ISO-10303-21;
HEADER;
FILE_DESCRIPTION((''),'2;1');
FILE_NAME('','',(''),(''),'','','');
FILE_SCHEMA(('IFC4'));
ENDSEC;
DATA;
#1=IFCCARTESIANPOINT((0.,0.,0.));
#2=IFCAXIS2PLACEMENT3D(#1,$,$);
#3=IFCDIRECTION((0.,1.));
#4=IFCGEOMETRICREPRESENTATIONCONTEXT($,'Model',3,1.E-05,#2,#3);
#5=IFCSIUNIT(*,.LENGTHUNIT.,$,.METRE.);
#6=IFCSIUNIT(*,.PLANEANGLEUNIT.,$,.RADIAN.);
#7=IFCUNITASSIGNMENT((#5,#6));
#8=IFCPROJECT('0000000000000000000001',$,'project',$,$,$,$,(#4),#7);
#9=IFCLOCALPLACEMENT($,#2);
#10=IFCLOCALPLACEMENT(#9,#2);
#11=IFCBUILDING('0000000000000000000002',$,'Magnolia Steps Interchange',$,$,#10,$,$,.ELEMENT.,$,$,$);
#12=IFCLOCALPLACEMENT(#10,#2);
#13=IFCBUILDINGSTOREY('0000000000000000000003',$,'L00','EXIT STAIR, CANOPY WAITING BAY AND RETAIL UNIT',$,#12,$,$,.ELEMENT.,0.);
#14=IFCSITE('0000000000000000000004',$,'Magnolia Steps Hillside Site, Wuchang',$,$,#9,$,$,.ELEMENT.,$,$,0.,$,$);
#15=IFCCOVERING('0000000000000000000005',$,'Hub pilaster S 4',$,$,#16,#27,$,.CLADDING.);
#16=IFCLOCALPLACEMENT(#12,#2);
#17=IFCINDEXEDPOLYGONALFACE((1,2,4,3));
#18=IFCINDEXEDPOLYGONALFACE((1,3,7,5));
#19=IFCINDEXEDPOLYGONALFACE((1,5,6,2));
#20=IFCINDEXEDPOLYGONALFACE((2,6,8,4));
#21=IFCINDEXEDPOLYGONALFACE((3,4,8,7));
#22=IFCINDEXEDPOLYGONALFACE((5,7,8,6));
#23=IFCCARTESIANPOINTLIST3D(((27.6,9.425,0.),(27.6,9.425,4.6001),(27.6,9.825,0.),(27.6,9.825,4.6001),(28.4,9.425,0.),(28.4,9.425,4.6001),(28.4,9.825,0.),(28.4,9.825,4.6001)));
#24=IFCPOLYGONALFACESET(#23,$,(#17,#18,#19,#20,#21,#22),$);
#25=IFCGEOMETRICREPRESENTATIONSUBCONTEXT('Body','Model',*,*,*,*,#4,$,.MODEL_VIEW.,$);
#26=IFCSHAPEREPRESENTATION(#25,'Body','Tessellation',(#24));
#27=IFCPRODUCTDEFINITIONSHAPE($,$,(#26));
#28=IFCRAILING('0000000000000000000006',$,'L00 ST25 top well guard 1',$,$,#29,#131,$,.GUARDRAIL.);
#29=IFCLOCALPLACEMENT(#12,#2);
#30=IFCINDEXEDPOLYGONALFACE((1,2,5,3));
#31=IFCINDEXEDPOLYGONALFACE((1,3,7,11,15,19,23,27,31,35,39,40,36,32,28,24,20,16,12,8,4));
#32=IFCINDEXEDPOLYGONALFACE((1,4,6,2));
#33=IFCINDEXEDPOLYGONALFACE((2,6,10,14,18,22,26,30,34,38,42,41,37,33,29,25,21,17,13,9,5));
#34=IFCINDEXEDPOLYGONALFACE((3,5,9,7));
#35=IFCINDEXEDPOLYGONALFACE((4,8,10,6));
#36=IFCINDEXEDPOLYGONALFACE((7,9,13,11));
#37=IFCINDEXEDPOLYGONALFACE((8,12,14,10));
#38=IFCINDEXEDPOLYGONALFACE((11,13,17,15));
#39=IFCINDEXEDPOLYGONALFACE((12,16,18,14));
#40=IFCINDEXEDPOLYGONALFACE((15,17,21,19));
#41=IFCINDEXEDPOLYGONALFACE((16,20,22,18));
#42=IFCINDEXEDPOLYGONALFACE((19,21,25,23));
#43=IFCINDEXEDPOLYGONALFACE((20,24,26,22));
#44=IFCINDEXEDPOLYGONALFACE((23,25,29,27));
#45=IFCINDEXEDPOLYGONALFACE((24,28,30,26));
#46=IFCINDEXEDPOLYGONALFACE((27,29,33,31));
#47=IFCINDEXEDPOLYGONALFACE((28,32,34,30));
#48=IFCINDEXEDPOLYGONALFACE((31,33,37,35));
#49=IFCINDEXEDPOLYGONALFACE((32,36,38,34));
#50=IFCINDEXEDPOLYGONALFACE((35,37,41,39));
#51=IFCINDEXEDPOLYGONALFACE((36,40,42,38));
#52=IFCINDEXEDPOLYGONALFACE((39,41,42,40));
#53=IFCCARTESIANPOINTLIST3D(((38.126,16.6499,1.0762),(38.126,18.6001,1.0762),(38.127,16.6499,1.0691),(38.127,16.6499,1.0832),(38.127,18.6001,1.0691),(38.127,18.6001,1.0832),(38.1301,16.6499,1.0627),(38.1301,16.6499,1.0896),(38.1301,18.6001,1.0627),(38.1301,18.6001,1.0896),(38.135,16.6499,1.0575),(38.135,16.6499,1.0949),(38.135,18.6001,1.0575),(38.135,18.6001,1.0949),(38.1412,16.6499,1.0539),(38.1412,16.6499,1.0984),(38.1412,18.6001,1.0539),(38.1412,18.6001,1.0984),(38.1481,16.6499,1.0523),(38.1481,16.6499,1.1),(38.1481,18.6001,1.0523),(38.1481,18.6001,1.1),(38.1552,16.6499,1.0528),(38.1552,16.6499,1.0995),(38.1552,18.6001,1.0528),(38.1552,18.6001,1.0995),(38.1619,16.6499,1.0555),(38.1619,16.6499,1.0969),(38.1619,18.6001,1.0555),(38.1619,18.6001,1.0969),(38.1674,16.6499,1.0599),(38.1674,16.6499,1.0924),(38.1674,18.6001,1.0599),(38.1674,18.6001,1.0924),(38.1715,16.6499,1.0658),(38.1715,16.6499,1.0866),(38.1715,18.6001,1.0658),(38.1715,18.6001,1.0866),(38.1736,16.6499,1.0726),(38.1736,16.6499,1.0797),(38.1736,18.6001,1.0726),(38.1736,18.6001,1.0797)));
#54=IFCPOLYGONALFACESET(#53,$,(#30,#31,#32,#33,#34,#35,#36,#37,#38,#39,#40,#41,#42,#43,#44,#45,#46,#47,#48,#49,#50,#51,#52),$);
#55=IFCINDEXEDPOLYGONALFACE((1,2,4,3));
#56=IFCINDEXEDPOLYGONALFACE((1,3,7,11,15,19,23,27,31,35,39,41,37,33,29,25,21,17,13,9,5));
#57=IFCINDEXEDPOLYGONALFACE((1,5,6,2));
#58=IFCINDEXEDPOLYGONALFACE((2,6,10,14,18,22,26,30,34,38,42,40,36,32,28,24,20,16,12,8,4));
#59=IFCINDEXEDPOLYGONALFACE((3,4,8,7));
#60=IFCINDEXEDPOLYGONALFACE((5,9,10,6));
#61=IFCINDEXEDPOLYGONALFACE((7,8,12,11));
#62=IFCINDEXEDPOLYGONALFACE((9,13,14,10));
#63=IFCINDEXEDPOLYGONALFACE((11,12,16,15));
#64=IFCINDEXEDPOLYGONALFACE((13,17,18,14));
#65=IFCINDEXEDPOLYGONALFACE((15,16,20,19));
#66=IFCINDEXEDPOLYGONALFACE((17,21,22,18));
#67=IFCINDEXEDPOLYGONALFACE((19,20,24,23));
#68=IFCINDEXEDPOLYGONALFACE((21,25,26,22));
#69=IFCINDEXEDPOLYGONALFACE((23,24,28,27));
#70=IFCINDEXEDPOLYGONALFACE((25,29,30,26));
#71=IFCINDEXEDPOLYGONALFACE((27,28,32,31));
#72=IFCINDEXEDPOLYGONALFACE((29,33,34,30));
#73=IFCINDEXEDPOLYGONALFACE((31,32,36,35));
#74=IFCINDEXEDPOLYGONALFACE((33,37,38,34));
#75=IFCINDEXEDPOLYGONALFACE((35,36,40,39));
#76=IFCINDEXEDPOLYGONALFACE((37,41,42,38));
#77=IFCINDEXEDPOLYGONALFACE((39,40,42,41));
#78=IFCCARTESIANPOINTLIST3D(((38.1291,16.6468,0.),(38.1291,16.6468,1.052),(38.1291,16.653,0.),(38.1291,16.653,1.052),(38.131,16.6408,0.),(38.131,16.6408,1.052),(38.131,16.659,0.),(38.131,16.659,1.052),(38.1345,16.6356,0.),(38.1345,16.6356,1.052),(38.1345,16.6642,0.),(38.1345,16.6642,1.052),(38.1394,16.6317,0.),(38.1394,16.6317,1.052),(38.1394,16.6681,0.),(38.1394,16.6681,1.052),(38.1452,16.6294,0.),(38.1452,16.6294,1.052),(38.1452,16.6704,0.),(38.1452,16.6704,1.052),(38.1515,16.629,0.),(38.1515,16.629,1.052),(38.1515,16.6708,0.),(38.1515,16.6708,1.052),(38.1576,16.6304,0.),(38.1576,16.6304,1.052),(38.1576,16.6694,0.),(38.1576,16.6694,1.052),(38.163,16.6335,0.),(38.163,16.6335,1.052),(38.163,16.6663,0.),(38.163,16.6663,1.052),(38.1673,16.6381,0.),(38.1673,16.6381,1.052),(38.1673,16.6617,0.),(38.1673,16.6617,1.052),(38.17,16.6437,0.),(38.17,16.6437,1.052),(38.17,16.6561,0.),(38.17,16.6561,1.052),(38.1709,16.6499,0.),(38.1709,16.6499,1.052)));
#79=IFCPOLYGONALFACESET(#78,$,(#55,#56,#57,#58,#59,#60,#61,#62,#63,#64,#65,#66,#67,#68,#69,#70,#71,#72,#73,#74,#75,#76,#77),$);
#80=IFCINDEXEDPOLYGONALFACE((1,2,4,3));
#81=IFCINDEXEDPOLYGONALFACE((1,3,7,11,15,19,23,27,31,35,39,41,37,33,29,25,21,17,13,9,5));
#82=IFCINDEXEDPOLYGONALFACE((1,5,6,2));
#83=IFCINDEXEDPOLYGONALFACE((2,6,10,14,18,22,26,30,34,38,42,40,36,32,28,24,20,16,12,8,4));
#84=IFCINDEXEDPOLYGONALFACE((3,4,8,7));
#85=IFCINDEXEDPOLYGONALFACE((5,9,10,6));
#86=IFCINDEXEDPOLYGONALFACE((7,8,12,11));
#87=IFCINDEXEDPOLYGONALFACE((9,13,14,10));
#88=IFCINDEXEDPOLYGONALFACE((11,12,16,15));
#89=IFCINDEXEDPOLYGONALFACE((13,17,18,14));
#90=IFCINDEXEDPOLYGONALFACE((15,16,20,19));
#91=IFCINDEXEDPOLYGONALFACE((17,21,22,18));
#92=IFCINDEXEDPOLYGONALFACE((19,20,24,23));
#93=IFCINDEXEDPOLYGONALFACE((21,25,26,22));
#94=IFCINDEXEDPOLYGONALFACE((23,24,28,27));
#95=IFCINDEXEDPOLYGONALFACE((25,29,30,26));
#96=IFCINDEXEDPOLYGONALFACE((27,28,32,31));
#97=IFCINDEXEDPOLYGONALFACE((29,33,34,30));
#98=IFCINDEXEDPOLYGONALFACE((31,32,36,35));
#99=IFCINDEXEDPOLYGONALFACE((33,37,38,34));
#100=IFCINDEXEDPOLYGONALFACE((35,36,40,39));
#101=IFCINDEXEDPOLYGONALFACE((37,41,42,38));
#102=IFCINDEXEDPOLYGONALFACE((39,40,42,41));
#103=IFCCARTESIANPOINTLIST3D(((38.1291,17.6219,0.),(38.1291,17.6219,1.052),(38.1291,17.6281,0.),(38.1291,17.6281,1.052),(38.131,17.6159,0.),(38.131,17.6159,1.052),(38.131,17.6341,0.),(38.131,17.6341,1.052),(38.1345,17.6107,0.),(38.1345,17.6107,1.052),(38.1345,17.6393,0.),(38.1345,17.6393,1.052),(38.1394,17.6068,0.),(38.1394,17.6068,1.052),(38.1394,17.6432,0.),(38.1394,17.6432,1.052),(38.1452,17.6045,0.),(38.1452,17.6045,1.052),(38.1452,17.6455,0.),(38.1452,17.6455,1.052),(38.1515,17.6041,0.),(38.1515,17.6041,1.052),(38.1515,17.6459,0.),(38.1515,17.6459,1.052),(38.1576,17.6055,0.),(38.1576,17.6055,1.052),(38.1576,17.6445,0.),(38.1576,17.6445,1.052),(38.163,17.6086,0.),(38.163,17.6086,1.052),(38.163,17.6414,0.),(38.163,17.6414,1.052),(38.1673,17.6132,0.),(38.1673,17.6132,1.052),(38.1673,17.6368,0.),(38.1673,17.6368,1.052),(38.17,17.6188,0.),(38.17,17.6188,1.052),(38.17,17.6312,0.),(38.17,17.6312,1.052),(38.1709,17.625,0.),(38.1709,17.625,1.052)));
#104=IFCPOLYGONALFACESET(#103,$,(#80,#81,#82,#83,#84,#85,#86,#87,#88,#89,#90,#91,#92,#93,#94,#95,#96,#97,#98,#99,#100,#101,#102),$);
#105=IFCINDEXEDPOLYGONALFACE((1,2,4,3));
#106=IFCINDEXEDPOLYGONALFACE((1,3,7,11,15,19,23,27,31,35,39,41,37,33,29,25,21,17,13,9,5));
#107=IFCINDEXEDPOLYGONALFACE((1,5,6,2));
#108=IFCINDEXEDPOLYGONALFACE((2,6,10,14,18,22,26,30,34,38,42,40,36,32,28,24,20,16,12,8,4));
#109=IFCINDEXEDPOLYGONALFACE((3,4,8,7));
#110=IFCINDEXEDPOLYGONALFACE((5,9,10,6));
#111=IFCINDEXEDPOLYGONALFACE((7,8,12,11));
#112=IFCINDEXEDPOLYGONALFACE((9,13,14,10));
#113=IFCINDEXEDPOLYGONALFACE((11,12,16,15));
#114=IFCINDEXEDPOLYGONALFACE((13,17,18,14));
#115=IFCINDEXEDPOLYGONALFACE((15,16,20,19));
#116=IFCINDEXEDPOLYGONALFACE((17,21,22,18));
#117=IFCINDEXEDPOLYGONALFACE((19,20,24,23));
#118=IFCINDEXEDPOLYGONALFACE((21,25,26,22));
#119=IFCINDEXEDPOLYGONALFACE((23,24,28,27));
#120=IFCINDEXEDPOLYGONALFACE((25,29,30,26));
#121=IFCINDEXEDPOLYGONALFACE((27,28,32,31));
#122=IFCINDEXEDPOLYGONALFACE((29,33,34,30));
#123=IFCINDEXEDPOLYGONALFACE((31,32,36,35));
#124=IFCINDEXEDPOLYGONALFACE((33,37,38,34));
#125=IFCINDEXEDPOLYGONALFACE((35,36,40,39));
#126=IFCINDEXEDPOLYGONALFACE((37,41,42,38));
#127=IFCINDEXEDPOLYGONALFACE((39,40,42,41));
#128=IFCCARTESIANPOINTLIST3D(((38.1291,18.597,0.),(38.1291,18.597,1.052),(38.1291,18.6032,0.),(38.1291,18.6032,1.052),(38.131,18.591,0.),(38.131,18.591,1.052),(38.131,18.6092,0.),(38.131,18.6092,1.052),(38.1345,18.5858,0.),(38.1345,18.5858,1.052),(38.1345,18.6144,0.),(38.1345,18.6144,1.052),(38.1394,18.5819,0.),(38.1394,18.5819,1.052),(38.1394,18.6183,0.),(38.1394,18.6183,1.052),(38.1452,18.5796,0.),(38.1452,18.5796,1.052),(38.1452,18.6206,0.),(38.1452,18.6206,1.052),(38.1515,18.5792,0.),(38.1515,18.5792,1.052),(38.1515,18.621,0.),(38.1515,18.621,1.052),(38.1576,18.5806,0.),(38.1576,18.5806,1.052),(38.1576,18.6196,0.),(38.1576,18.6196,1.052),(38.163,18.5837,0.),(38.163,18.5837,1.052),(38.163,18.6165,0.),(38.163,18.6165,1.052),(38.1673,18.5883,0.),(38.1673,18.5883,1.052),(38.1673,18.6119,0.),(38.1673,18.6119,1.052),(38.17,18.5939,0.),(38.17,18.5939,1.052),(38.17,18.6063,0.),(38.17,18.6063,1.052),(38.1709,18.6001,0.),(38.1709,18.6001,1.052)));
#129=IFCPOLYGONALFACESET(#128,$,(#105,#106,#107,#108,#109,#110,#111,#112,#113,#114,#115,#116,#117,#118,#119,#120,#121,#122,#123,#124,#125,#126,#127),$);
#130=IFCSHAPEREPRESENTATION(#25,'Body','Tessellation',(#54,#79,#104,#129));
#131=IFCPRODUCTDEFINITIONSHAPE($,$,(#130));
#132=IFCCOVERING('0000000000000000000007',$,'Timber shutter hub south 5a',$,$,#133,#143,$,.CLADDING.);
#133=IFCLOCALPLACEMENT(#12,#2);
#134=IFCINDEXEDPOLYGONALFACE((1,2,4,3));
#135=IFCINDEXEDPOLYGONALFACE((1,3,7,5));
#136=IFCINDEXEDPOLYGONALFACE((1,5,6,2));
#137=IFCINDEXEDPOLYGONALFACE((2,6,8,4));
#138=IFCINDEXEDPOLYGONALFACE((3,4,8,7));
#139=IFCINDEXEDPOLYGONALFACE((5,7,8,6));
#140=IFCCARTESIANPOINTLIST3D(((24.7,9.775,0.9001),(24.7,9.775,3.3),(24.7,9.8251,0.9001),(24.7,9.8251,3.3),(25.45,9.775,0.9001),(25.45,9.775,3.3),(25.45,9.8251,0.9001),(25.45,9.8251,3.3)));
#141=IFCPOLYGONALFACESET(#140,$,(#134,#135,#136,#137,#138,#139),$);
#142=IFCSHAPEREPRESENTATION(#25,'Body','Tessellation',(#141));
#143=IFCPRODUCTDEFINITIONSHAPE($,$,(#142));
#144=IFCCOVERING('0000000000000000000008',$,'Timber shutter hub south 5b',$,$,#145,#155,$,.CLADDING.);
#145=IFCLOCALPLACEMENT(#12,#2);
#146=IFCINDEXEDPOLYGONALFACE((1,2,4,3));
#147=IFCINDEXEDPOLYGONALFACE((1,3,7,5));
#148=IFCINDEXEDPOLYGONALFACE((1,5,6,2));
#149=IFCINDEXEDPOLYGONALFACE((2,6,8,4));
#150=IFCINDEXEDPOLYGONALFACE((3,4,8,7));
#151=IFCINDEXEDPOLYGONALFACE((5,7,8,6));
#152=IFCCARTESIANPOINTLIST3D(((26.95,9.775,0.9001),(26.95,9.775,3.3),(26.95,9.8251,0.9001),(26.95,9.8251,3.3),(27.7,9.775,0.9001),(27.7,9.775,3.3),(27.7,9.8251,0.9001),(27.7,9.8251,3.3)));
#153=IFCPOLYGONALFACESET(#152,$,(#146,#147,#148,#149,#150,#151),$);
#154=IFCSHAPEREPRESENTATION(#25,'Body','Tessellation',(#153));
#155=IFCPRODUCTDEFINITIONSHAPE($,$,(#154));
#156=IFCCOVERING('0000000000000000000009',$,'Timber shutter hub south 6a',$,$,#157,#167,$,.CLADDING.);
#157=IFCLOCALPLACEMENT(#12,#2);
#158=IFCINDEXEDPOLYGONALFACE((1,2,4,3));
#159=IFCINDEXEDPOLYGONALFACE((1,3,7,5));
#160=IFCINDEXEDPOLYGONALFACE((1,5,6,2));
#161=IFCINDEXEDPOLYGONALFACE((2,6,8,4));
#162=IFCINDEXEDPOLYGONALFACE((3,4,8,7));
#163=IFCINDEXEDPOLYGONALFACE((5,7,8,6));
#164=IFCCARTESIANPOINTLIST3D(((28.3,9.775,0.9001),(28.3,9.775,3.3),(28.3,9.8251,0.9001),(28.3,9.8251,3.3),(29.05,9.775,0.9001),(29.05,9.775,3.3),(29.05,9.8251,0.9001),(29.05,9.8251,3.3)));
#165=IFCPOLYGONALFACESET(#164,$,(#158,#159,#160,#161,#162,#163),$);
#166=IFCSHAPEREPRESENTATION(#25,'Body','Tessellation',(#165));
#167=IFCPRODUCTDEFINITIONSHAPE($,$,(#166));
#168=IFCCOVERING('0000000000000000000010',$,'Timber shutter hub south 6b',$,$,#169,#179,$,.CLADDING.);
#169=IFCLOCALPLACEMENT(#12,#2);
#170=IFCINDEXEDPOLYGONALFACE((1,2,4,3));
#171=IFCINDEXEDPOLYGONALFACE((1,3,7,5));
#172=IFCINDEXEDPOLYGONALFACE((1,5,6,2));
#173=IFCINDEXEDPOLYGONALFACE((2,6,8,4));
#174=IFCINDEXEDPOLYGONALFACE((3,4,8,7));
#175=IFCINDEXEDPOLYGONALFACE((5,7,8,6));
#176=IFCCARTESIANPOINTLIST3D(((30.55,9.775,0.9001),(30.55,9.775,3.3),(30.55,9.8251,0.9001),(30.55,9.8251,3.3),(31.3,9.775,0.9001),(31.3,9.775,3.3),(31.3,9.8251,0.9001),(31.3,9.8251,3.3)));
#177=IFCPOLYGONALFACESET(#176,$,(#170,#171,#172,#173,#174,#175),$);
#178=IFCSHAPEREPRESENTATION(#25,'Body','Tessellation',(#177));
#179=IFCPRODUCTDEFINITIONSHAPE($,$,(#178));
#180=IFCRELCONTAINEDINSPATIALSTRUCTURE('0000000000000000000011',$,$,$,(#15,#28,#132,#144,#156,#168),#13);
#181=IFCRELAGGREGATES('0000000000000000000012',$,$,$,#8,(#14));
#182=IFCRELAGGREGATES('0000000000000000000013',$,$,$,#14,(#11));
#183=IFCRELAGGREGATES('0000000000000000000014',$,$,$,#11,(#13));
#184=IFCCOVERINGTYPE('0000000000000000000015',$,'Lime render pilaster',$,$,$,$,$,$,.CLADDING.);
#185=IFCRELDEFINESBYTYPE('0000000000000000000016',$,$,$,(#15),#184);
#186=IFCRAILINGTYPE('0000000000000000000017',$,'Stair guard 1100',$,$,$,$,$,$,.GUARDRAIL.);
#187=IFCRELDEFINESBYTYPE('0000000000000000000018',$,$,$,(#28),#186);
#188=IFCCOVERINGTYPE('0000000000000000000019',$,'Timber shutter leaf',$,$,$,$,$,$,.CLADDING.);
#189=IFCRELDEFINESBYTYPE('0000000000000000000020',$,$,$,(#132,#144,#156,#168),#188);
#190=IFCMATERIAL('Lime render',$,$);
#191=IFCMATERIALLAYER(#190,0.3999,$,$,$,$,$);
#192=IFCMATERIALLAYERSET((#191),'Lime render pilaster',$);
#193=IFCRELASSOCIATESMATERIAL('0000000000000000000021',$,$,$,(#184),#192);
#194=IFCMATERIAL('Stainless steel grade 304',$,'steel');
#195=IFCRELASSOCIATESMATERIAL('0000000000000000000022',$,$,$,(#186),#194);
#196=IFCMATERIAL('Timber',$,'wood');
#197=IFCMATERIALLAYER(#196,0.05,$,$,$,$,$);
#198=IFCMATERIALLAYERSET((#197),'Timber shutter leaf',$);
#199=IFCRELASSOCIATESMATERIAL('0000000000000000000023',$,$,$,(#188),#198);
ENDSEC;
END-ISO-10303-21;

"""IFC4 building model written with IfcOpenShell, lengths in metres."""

from ifc_helpers import new_model, si_unit, direction, frame, origin, origin_2d, place, context, subcontext, project, spatial, rectangle, circle, extrude, material, layer, layer_set, type_object, element, save


model = new_model("IFC4")

# Units and contexts
model_context = context("Model", 3, precision=1e-05, world=origin(), true_north=direction((0.0, 1.0)))
body_context = subcontext(model_context, "Body", "Model", "MODEL_VIEW")
ifc_project = project(units=[si_unit("LENGTHUNIT", "METRE"), si_unit("PLANEANGLEUNIT", "RADIAN")], contexts=[model_context])

# Site, building, storey
site_placement = place(None, origin())
site = spatial("IfcSite", under=ifc_project, at=site_placement, Name="Magnolia Steps Hillside Site, Wuchang", CompositionType="ELEMENT", RefElevation=0.0)
building_placement = place(site_placement, origin())
building = spatial("IfcBuilding", under=site, at=building_placement, Name="Magnolia Steps Interchange", CompositionType="ELEMENT")
storey_placement = place(building_placement, origin())
storey = spatial("IfcBuildingStorey", under=building, at=storey_placement, Name="L00", Description="EXIT STAIR, CANOPY WAITING BAY AND RETAIL UNIT", CompositionType="ELEMENT", Elevation=0.0)

# Covering
ifc_material_1 = material(Name="Lime render")
ifc_layer_1 = layer(ifc_material_1, 0.3999)
ifc_layer_set_1 = layer_set([ifc_layer_1], Name="Lime render pilaster")
covering_type_1 = type_object("IfcCoveringType", Name="Lime render pilaster", PredefinedType="CLADDING", material=ifc_layer_set_1)
covering_1_placement = place(storey_placement, frame((28.0, 9.625, 0.0), z_axis=(0.0, 0.0, 1.0), x_axis=(1.0, 0.0, 0.0)))
element("IfcCovering", 1, at=covering_1_placement, inside=storey, type_object=covering_type_1, Name="Hub pilaster S 4", PredefinedType="CLADDING", context=body_context, shape_type="SweptSolid", body=[
    extrude(rectangle(XDim=0.8, YDim=0.3999, at=origin_2d()), origin(), (0.0, 0.0, 1.0), 4.6001),
])

# Railing
ifc_material_2 = material(Name="Stainless steel grade 304", Category="steel")
railing_type_1 = type_object("IfcRailingType", Name="Stair guard 1100", PredefinedType="GUARDRAIL", material=ifc_material_2)
railing_1_placement = place(storey_placement, frame((38.1499, 16.6499, 0.0)))
element("IfcRailing", 2, at=railing_1_placement, inside=storey, type_object=railing_type_1, Name="L00 ST25 top well guard 1", PredefinedType="GUARDRAIL", context=body_context, shape_type="SweptSolid", body=[
    extrude(circle(Radius=0.0239, at=origin_2d()), frame((0.0, 0.0, 1.0762), z_axis=(0.0, 1.0, 0.0), x_axis=(-1.0, 0.0, 0.0)), (0.0, 0.0, 1.0), 1.9502),
    extrude(circle(Radius=0.021, at=origin_2d()), origin(), (0.0, 0.0, 1.0), 1.052),
    extrude(circle(Radius=0.021, at=origin_2d()), frame((0.0, 0.9751, 0.0)), (0.0, 0.0, 1.0), 1.052),
    extrude(circle(Radius=0.021, at=origin_2d()), frame((0.0, 1.9502, 0.0)), (0.0, 0.0, 1.0), 1.052),
])

# Coverings
ifc_material_3 = material(Name="Timber", Category="wood")
ifc_layer_2 = layer(ifc_material_3, 0.05)
ifc_layer_set_2 = layer_set([ifc_layer_2], Name="Timber shutter leaf")
covering_type_2 = type_object("IfcCoveringType", Name="Timber shutter leaf", PredefinedType="CLADDING", material=ifc_layer_set_2)
for number, where, z_axis, x_axis, name in (
    (3, (25.075, 9.8, 0.9001), (0.0, 0.0, 1.0), (1.0, 0.0, 0.0), "Timber shutter hub south 5a"),
    (4, (27.325, 9.8, 0.9001), (0.0, 0.0, 1.0), (1.0, 0.0, 0.0), "Timber shutter hub south 5b"),
    (5, (28.675, 9.8, 0.9001), (0.0, 0.0, 1.0), (1.0, 0.0, 0.0), "Timber shutter hub south 6a"),
    (6, (30.925, 9.8, 0.9001), (0.0, 0.0, 1.0), (1.0, 0.0, 0.0), "Timber shutter hub south 6b"),
):
    element("IfcCovering", number, at=place(storey_placement, frame(where, z_axis=z_axis, x_axis=x_axis)), inside=storey, type_object=covering_type_2, Name=name, PredefinedType="CLADDING", context=body_context, shape_type="SweptSolid", body=[
        extrude(rectangle(XDim=0.75, YDim=0.05, at=origin_2d()), origin(), (0.0, 0.0, 1.0), 2.3999),
    ])

save(model, "model.ifc")
